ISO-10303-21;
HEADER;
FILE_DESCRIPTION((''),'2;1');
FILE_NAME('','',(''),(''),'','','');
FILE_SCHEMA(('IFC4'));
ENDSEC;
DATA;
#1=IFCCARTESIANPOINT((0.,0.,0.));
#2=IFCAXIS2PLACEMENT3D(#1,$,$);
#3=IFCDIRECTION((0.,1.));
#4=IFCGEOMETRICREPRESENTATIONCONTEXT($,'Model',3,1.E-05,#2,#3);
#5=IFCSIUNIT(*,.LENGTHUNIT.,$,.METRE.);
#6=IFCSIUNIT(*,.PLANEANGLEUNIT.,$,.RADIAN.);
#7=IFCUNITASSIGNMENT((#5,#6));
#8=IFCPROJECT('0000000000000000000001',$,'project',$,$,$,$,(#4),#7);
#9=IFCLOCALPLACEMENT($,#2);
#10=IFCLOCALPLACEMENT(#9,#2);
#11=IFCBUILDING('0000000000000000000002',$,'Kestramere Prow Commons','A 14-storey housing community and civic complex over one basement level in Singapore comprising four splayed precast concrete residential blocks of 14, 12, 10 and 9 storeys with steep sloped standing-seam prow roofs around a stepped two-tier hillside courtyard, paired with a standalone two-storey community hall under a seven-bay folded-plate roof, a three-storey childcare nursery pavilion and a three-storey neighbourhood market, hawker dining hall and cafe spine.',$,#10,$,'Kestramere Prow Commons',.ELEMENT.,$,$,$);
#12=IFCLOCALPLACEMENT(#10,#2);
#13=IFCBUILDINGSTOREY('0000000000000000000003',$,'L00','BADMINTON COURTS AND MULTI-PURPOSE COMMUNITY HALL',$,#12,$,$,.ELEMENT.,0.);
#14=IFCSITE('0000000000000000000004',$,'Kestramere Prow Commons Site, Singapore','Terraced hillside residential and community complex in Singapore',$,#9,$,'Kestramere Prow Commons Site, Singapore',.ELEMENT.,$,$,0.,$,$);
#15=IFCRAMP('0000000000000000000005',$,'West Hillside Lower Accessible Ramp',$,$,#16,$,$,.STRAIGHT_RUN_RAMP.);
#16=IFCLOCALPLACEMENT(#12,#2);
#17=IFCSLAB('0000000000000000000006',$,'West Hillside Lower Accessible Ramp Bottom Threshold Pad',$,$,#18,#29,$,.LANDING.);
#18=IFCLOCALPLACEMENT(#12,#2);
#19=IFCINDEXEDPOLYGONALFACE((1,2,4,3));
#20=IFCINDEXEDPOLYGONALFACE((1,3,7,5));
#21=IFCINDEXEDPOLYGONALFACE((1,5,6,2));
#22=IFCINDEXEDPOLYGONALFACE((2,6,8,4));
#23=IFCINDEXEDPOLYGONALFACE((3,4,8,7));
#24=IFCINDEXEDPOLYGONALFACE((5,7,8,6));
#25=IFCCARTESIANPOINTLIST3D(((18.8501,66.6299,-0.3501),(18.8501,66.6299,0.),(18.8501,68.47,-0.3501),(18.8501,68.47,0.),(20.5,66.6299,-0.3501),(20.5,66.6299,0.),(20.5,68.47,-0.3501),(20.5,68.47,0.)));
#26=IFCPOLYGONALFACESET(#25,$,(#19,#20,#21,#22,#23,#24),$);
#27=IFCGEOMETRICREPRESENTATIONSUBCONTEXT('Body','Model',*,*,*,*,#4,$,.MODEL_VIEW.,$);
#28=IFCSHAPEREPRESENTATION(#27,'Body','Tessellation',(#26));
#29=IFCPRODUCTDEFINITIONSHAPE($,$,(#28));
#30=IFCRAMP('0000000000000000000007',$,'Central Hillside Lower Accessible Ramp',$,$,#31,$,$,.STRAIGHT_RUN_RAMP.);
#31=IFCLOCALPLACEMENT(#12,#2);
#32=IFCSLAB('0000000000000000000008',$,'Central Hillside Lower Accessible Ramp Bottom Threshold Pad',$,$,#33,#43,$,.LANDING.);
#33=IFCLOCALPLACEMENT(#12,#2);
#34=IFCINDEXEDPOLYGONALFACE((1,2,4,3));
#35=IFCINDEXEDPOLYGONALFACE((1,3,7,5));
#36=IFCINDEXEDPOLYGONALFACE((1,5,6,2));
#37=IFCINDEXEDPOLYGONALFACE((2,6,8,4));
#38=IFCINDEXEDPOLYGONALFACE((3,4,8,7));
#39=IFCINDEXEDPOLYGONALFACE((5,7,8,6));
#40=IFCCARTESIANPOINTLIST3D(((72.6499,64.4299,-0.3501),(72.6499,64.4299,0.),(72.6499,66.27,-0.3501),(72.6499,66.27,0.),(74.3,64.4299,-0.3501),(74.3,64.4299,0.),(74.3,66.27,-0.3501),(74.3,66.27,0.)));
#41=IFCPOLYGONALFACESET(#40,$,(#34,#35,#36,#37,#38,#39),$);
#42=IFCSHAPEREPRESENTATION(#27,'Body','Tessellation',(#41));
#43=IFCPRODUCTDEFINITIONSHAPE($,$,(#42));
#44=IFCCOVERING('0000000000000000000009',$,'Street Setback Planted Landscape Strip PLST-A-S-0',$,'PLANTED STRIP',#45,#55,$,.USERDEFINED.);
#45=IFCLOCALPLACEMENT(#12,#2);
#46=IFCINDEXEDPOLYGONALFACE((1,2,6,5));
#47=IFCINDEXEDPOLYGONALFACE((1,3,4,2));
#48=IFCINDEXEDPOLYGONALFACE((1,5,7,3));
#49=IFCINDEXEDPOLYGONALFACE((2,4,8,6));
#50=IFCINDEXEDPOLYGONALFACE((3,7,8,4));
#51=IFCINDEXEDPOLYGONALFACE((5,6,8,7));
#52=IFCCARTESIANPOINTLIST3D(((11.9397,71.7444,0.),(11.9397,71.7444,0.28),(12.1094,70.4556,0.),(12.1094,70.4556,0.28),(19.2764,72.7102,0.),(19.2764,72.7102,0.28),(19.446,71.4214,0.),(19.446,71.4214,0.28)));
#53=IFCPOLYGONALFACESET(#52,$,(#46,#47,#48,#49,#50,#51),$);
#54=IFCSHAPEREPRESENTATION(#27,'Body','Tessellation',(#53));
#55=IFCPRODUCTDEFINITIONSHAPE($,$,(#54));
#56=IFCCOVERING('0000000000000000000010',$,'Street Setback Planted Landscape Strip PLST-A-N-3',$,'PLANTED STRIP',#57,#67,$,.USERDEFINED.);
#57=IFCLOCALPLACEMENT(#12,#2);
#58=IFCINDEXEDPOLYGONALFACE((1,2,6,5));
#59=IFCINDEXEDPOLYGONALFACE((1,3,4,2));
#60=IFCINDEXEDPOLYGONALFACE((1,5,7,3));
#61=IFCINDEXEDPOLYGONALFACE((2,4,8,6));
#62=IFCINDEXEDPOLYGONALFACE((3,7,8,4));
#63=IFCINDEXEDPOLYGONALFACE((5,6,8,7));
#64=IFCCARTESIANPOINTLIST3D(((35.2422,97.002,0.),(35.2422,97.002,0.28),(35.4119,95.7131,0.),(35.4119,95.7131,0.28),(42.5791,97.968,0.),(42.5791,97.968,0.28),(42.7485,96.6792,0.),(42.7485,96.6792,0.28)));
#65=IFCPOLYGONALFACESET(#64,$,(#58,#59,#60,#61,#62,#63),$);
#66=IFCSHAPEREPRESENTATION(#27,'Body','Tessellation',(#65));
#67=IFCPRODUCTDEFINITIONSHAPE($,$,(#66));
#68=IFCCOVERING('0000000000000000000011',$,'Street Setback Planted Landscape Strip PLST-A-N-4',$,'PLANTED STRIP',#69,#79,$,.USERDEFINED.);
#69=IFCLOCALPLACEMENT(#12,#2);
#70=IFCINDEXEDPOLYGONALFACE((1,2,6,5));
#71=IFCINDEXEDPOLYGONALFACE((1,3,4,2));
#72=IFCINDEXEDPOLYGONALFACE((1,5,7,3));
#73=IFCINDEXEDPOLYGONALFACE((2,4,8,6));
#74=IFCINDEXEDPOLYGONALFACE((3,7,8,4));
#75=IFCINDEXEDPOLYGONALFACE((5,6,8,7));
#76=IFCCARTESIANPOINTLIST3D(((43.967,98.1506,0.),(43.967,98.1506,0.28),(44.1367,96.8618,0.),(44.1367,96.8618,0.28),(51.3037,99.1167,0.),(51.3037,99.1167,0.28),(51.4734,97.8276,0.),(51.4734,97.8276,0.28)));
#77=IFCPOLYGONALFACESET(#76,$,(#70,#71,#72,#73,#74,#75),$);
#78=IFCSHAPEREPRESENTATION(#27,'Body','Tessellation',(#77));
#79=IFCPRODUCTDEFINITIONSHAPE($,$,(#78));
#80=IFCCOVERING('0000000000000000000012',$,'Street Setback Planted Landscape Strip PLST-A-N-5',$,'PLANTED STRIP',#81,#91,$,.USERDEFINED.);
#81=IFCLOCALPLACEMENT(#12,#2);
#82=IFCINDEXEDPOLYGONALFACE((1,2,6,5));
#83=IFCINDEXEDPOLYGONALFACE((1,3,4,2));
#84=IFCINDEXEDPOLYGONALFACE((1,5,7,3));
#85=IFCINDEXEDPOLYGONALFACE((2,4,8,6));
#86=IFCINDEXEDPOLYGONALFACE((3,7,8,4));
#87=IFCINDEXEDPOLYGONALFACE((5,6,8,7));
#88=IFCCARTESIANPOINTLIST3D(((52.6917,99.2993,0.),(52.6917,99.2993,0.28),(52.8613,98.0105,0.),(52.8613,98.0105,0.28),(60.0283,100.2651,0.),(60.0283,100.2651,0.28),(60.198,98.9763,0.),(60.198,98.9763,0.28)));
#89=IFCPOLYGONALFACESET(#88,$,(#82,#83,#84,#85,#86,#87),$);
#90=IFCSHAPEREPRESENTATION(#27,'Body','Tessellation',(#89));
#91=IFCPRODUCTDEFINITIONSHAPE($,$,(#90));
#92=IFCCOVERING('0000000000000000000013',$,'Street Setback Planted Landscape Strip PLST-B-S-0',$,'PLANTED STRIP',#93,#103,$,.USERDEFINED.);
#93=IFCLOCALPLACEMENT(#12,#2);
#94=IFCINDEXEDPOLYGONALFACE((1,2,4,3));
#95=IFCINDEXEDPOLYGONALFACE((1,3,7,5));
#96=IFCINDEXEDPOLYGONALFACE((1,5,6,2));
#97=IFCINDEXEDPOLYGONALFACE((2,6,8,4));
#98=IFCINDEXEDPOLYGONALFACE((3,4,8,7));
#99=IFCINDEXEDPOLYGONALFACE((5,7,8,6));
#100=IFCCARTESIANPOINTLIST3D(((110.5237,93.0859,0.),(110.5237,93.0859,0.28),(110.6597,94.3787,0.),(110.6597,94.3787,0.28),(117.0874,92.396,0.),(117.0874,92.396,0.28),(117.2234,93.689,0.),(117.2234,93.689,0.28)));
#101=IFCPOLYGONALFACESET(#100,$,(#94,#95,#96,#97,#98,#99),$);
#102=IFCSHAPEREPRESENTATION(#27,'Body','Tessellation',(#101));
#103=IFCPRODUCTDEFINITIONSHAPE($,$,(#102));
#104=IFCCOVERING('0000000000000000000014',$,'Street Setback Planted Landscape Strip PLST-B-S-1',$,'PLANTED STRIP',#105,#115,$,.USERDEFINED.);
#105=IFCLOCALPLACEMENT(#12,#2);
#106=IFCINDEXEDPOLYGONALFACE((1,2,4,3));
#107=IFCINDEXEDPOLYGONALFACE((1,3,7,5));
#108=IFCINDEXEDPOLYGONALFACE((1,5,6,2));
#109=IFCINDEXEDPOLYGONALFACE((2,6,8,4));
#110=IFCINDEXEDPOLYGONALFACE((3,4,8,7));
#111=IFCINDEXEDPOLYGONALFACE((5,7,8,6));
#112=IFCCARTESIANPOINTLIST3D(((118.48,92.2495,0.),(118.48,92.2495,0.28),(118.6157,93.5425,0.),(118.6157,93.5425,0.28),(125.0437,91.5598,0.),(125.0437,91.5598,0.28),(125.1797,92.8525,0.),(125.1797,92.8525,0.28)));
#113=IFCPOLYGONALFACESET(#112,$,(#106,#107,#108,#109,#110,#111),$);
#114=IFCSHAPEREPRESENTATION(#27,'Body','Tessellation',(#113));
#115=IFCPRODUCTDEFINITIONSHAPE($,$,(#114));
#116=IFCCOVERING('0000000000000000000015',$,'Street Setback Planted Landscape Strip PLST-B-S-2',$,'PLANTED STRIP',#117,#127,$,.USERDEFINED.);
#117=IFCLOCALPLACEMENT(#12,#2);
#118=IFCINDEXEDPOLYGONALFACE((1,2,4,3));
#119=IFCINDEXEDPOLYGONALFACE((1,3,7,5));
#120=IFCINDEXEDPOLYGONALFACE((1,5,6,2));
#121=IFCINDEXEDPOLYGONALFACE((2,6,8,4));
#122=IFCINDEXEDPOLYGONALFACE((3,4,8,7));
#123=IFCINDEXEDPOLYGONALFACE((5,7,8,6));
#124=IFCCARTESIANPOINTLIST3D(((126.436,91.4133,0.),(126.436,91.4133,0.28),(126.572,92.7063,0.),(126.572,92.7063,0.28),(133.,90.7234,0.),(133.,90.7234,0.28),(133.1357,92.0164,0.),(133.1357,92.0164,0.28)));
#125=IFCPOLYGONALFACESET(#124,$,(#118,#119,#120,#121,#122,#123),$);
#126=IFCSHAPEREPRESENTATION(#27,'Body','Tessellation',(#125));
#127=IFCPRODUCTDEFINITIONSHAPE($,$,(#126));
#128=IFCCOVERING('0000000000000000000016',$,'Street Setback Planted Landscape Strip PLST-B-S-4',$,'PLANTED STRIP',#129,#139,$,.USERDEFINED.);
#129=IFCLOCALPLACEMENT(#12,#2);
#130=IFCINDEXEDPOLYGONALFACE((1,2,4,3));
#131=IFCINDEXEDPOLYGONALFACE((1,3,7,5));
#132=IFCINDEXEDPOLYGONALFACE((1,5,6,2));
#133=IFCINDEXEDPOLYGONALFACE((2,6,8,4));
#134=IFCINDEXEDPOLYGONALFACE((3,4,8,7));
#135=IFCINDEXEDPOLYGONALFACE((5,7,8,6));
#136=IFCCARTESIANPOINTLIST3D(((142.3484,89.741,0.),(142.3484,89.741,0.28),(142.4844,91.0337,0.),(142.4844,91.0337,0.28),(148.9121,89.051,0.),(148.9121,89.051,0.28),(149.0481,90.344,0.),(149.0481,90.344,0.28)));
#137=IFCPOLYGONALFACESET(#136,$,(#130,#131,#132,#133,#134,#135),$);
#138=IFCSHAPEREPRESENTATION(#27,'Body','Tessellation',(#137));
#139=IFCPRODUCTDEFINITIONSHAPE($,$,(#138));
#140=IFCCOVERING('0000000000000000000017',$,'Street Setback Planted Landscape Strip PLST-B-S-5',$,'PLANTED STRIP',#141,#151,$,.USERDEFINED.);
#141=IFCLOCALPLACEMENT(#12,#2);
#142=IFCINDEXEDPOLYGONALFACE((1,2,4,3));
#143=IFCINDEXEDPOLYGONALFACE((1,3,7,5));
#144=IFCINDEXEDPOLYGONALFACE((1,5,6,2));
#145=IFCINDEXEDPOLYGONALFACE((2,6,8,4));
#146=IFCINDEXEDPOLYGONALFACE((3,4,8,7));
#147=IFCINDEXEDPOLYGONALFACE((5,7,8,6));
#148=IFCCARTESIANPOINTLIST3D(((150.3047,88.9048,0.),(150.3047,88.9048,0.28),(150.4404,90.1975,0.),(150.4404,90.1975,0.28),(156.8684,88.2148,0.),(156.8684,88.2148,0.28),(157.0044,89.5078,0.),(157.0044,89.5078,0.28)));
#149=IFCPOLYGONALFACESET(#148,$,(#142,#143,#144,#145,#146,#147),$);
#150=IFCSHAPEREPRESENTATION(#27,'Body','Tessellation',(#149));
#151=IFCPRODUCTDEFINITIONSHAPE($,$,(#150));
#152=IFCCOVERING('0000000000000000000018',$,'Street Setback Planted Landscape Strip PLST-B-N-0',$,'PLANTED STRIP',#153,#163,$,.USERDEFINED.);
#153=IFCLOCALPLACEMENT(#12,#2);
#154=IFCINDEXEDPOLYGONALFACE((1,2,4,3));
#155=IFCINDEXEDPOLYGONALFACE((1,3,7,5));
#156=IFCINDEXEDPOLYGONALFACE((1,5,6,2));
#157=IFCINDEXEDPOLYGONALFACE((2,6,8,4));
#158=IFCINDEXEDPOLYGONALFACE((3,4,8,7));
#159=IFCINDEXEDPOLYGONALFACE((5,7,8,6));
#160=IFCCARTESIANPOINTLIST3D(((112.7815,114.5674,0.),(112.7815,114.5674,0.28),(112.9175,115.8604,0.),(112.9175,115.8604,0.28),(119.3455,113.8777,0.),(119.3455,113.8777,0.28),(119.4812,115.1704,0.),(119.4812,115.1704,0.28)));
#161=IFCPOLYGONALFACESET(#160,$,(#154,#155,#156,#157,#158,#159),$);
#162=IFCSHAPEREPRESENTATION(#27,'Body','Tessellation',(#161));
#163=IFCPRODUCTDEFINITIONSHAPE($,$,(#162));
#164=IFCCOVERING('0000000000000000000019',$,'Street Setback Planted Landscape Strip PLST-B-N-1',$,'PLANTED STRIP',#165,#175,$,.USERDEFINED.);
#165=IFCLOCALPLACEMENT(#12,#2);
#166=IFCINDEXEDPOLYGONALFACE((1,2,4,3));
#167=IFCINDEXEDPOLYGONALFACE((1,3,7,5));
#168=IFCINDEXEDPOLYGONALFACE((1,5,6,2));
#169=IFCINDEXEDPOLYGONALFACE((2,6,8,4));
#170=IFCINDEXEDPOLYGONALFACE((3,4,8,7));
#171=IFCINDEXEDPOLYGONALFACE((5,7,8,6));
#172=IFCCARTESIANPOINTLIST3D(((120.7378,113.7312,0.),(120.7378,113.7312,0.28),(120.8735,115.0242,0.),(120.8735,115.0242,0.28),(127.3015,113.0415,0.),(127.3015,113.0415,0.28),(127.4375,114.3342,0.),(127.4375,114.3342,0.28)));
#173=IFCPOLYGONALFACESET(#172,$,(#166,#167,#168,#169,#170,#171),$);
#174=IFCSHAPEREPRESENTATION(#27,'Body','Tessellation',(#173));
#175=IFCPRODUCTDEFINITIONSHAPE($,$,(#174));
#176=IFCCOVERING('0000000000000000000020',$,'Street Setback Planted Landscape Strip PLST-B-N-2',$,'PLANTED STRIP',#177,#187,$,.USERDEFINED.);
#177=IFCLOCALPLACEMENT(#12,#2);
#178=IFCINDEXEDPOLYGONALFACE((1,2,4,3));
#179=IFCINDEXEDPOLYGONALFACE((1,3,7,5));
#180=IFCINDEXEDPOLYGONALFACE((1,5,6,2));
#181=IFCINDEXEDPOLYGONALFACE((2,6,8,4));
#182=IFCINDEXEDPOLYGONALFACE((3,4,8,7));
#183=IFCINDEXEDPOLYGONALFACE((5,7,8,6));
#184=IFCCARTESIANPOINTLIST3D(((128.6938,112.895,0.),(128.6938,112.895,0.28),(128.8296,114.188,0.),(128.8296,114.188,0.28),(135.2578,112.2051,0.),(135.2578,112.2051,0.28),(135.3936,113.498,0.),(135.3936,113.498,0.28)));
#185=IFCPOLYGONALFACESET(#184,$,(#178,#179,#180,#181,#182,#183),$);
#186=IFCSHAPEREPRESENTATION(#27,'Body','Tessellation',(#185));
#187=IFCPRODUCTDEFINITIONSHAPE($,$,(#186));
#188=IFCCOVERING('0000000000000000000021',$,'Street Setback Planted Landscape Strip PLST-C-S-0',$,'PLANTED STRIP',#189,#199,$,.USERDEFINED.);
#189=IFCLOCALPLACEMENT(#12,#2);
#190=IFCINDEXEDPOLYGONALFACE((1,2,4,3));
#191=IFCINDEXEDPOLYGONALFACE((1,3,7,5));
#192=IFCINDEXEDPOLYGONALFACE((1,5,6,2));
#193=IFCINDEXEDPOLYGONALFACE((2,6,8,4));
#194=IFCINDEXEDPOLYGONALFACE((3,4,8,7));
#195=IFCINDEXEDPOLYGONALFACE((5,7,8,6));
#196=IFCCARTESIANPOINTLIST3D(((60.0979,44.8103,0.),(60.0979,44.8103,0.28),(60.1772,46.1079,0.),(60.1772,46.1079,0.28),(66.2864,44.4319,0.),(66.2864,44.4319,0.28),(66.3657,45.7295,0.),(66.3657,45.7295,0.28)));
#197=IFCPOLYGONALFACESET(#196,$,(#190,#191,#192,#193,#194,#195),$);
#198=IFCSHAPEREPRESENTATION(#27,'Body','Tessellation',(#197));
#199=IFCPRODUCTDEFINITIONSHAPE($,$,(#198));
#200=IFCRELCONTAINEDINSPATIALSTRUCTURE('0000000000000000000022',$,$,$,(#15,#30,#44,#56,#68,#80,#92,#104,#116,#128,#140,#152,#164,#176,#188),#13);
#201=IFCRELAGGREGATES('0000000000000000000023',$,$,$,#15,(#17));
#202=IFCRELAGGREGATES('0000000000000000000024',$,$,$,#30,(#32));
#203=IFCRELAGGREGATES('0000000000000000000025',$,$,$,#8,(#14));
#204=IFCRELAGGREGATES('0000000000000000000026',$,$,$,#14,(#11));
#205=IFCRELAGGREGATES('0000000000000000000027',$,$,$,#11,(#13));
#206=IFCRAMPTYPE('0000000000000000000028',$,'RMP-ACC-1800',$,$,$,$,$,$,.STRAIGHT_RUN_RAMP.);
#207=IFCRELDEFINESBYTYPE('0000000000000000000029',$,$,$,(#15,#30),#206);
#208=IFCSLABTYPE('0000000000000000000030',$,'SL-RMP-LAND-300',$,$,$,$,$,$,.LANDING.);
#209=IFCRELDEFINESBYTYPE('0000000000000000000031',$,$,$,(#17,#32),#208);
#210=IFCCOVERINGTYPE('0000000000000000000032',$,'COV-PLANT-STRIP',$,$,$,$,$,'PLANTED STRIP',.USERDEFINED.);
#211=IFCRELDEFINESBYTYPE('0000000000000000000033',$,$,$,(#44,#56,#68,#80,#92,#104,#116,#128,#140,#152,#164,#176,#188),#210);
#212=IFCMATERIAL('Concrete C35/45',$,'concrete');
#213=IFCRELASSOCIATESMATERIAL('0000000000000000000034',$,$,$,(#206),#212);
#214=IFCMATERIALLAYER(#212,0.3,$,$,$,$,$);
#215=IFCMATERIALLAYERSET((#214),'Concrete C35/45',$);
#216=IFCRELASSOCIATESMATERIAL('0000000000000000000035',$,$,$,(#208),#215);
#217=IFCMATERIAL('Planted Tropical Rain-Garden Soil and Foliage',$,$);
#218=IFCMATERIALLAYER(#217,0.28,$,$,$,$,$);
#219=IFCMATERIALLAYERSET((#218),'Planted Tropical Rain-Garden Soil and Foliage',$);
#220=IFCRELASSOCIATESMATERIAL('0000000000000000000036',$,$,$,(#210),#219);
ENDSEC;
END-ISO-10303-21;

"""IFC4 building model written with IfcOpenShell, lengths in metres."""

from ifc_helpers import new_model, si_unit, direction, frame, origin, place, context, subcontext, project, spatial, polyline, outline, extrude, material, layer, layer_set, type_object, element, aggregate, save


model = new_model("IFC4")

# Units and contexts
model_context = context("Model", 3, precision=1e-05, world=origin(), true_north=direction((0.0, 1.0)))
body_context = subcontext(model_context, "Body", "Model", "MODEL_VIEW")
ifc_project = project(units=[si_unit("LENGTHUNIT", "METRE"), si_unit("PLANEANGLEUNIT", "RADIAN")], contexts=[model_context])

# Site, building, storey
site_placement = place(None, origin())
site = spatial("IfcSite", under=ifc_project, at=site_placement, Name="Kestramere Prow Commons Site, Singapore", Description="Terraced hillside residential and community complex in Singapore", LongName="Kestramere Prow Commons Site, Singapore", CompositionType="ELEMENT", RefElevation=0.0)
building_placement = place(site_placement, origin())
building = spatial("IfcBuilding", under=site, at=building_placement, Name="Kestramere Prow Commons", Description="A 14-storey housing community and civic complex over one basement level in Singapore comprising four splayed precast concrete residential blocks of 14, 12, 10 and 9 storeys with steep sloped standing-seam prow roofs around a stepped two-tier hillside courtyard, paired with a standalone two-storey community hall under a seven-bay folded-plate roof, a three-storey childcare nursery pavilion and a three-storey neighbourhood market, hawker dining hall and cafe spine.", LongName="Kestramere Prow Commons", CompositionType="ELEMENT")
storey_placement = place(building_placement, origin())
storey = spatial("IfcBuildingStorey", under=building, at=storey_placement, Name="L00", Description="BADMINTON COURTS AND MULTI-PURPOSE COMMUNITY HALL", CompositionType="ELEMENT", Elevation=0.0)

# Shared definitions
ifc_material_1 = material(Name="Concrete C35/45", Category="concrete")

# Ramps, slabs
ramp_type = type_object("IfcRampType", Name="RMP-ACC-1800", PredefinedType="STRAIGHT_RUN_RAMP", material=ifc_material_1)
ramp_1_placement = place(storey_placement, origin())
ramp_1 = element("IfcRamp", 1, at=ramp_1_placement, inside=storey, type_object=ramp_type, Name="West Hillside Lower Accessible Ramp", PredefinedType="STRAIGHT_RUN_RAMP")
ifc_layer_1 = layer(ifc_material_1, 0.3)
ifc_layer_set_1 = layer_set([ifc_layer_1], Name="Concrete C35/45")
slab_type_1 = type_object("IfcSlabType", Name="SL-RMP-LAND-300", PredefinedType="LANDING", material=ifc_layer_set_1)
slab_1_placement = place(storey_placement, frame((0.0, 0.0, -0.3501)))
slab_1 = element("IfcSlab", 2, at=slab_1_placement, type_object=slab_type_1, Name="West Hillside Lower Accessible Ramp Bottom Threshold Pad", PredefinedType="LANDING", context=body_context, shape_type="SweptSolid", body=[
    extrude(outline(polyline([(18.8501, 66.6299), (20.5, 66.6299), (20.5, 68.47), (18.8501, 68.47), (18.8501, 66.6299)])), origin(), (0.0, 0.0, 1.0), 0.3501),
])
aggregate(ramp_1, [slab_1])
ramp_2_placement = place(storey_placement, origin())
ramp_2 = element("IfcRamp", 3, at=ramp_2_placement, inside=storey, type_object=ramp_type, Name="Central Hillside Lower Accessible Ramp", PredefinedType="STRAIGHT_RUN_RAMP")
slab_2_placement = place(storey_placement, frame((0.0, 0.0, -0.3501)))
slab_2 = element("IfcSlab", 4, at=slab_2_placement, type_object=slab_type_1, Name="Central Hillside Lower Accessible Ramp Bottom Threshold Pad", PredefinedType="LANDING", context=body_context, shape_type="SweptSolid", body=[
    extrude(outline(polyline([(72.6499, 64.4299), (74.3, 64.4299), (74.3, 66.27), (72.6499, 66.27), (72.6499, 64.4299)])), origin(), (0.0, 0.0, 1.0), 0.3501),
])
aggregate(ramp_2, [slab_2])

# Coverings
ifc_material_2 = material(Name="Planted Tropical Rain-Garden Soil and Foliage")
ifc_layer_2 = layer(ifc_material_2, 0.28)
ifc_layer_set_2 = layer_set([ifc_layer_2], Name="Planted Tropical Rain-Garden Soil and Foliage")
covering_type = type_object("IfcCoveringType", Name="COV-PLANT-STRIP", ElementType="PLANTED STRIP", PredefinedType="USERDEFINED", material=ifc_layer_set_2)
covering_1_placement = place(storey_placement, origin())
element("IfcCovering", 5, at=covering_1_placement, inside=storey, type_object=covering_type, Name="Street Setback Planted Landscape Strip PLST-A-S-0", ObjectType="PLANTED STRIP", PredefinedType="USERDEFINED", context=body_context, shape_type="SweptSolid", body=[
    extrude(outline(polyline([(11.9397, 71.7444), (19.2764, 72.7102), (19.446, 71.4214), (12.1094, 70.4556), (11.9397, 71.7444)])), origin(), (0.0, 0.0, 1.0), 0.28),
])
covering_2_placement = place(storey_placement, origin())
element("IfcCovering", 6, at=covering_2_placement, inside=storey, type_object=covering_type, Name="Street Setback Planted Landscape Strip PLST-A-N-3", ObjectType="PLANTED STRIP", PredefinedType="USERDEFINED", context=body_context, shape_type="SweptSolid", body=[
    extrude(outline(polyline([(35.2422, 97.002), (42.5791, 97.968), (42.7485, 96.6792), (35.4119, 95.7131), (35.2422, 97.002)])), origin(), (0.0, 0.0, 1.0), 0.28),
])
covering_3_placement = place(storey_placement, origin())
element("IfcCovering", 7, at=covering_3_placement, inside=storey, type_object=covering_type, Name="Street Setback Planted Landscape Strip PLST-A-N-4", ObjectType="PLANTED STRIP", PredefinedType="USERDEFINED", context=body_context, shape_type="SweptSolid", body=[
    extrude(outline(polyline([(43.967, 98.1506), (51.3037, 99.1167), (51.4734, 97.8276), (44.1367, 96.8618), (43.967, 98.1506)])), origin(), (0.0, 0.0, 1.0), 0.28),
])
covering_4_placement = place(storey_placement, origin())
element("IfcCovering", 8, at=covering_4_placement, inside=storey, type_object=covering_type, Name="Street Setback Planted Landscape Strip PLST-A-N-5", ObjectType="PLANTED STRIP", PredefinedType="USERDEFINED", context=body_context, shape_type="SweptSolid", body=[
    extrude(outline(polyline([(52.6917, 99.2993), (60.0283, 100.2651), (60.198, 98.9763), (52.8613, 98.0105), (52.6917, 99.2993)])), origin(), (0.0, 0.0, 1.0), 0.28),
])
covering_5_placement = place(storey_placement, origin())
element("IfcCovering", 9, at=covering_5_placement, inside=storey, type_object=covering_type, Name="Street Setback Planted Landscape Strip PLST-B-S-0", ObjectType="PLANTED STRIP", PredefinedType="USERDEFINED", context=body_context, shape_type="SweptSolid", body=[
    extrude(outline(polyline([(110.6597, 94.3787), (117.2234, 93.689), (117.0874, 92.396), (110.5237, 93.0859), (110.6597, 94.3787)])), origin(), (0.0, 0.0, 1.0), 0.28),
])
covering_6_placement = place(storey_placement, origin())
element("IfcCovering", 10, at=covering_6_placement, inside=storey, type_object=covering_type, Name="Street Setback Planted Landscape Strip PLST-B-S-1", ObjectType="PLANTED STRIP", PredefinedType="USERDEFINED", context=body_context, shape_type="SweptSolid", body=[
    extrude(outline(polyline([(118.6157, 93.5425), (125.1797, 92.8525), (125.0437, 91.5598), (118.48, 92.2495), (118.6157, 93.5425)])), origin(), (0.0, 0.0, 1.0), 0.28),
])
covering_7_placement = place(storey_placement, origin())
element("IfcCovering", 11, at=covering_7_placement, inside=storey, type_object=covering_type, Name="Street Setback Planted Landscape Strip PLST-B-S-2", ObjectType="PLANTED STRIP", PredefinedType="USERDEFINED", context=body_context, shape_type="SweptSolid", body=[
    extrude(outline(polyline([(126.572, 92.7063), (133.1357, 92.0164), (133.0, 90.7234), (126.436, 91.4133), (126.572, 92.7063)])), origin(), (0.0, 0.0, 1.0), 0.28),
])
covering_8_placement = place(storey_placement, origin())
element("IfcCovering", 12, at=covering_8_placement, inside=storey, type_object=covering_type, Name="Street Setback Planted Landscape Strip PLST-B-S-4", ObjectType="PLANTED STRIP", PredefinedType="USERDEFINED", context=body_context, shape_type="SweptSolid", body=[
    extrude(outline(polyline([(142.4844, 91.0337), (149.0481, 90.344), (148.9121, 89.051), (142.3484, 89.741), (142.4844, 91.0337)])), origin(), (0.0, 0.0, 1.0), 0.28),
])
covering_9_placement = place(storey_placement, origin())
element("IfcCovering", 13, at=covering_9_placement, inside=storey, type_object=covering_type, Name="Street Setback Planted Landscape Strip PLST-B-S-5", ObjectType="PLANTED STRIP", PredefinedType="USERDEFINED", context=body_context, shape_type="SweptSolid", body=[
    extrude(outline(polyline([(150.4404, 90.1975), (157.0044, 89.5078), (156.8684, 88.2148), (150.3047, 88.9048), (150.4404, 90.1975)])), origin(), (0.0, 0.0, 1.0), 0.28),
])
covering_10_placement = place(storey_placement, origin())
element("IfcCovering", 14, at=covering_10_placement, inside=storey, type_object=covering_type, Name="Street Setback Planted Landscape Strip PLST-B-N-0", ObjectType="PLANTED STRIP", PredefinedType="USERDEFINED", context=body_context, shape_type="SweptSolid", body=[
    extrude(outline(polyline([(112.9175, 115.8604), (119.4812, 115.1704), (119.3455, 113.8777), (112.7815, 114.5674), (112.9175, 115.8604)])), origin(), (0.0, 0.0, 1.0), 0.28),
])
covering_11_placement = place(storey_placement, origin())
element("IfcCovering", 15, at=covering_11_placement, inside=storey, type_object=covering_type, Name="Street Setback Planted Landscape Strip PLST-B-N-1", ObjectType="PLANTED STRIP", PredefinedType="USERDEFINED", context=body_context, shape_type="SweptSolid", body=[
    extrude(outline(polyline([(120.8735, 115.0242), (127.4375, 114.3342), (127.3015, 113.0415), (120.7378, 113.7312), (120.8735, 115.0242)])), origin(), (0.0, 0.0, 1.0), 0.28),
])
covering_12_placement = place(storey_placement, origin())
element("IfcCovering", 16, at=covering_12_placement, inside=storey, type_object=covering_type, Name="Street Setback Planted Landscape Strip PLST-B-N-2", ObjectType="PLANTED STRIP", PredefinedType="USERDEFINED", context=body_context, shape_type="SweptSolid", body=[
    extrude(outline(polyline([(128.8296, 114.188), (135.3936, 113.498), (135.2578, 112.2051), (128.6938, 112.895), (128.8296, 114.188)])), origin(), (0.0, 0.0, 1.0), 0.28),
])
covering_13_placement = place(storey_placement, origin())
element("IfcCovering", 17, at=covering_13_placement, inside=storey, type_object=covering_type, Name="Street Setback Planted Landscape Strip PLST-C-S-0", ObjectType="PLANTED STRIP", PredefinedType="USERDEFINED", context=body_context, shape_type="SweptSolid", body=[
    extrude(outline(polyline([(60.1772, 46.1079), (66.3657, 45.7295), (66.2864, 44.4319), (60.0979, 44.8103), (60.1772, 46.1079)])), origin(), (0.0, 0.0, 1.0), 0.28),
])

save(model, "model.ifc")
